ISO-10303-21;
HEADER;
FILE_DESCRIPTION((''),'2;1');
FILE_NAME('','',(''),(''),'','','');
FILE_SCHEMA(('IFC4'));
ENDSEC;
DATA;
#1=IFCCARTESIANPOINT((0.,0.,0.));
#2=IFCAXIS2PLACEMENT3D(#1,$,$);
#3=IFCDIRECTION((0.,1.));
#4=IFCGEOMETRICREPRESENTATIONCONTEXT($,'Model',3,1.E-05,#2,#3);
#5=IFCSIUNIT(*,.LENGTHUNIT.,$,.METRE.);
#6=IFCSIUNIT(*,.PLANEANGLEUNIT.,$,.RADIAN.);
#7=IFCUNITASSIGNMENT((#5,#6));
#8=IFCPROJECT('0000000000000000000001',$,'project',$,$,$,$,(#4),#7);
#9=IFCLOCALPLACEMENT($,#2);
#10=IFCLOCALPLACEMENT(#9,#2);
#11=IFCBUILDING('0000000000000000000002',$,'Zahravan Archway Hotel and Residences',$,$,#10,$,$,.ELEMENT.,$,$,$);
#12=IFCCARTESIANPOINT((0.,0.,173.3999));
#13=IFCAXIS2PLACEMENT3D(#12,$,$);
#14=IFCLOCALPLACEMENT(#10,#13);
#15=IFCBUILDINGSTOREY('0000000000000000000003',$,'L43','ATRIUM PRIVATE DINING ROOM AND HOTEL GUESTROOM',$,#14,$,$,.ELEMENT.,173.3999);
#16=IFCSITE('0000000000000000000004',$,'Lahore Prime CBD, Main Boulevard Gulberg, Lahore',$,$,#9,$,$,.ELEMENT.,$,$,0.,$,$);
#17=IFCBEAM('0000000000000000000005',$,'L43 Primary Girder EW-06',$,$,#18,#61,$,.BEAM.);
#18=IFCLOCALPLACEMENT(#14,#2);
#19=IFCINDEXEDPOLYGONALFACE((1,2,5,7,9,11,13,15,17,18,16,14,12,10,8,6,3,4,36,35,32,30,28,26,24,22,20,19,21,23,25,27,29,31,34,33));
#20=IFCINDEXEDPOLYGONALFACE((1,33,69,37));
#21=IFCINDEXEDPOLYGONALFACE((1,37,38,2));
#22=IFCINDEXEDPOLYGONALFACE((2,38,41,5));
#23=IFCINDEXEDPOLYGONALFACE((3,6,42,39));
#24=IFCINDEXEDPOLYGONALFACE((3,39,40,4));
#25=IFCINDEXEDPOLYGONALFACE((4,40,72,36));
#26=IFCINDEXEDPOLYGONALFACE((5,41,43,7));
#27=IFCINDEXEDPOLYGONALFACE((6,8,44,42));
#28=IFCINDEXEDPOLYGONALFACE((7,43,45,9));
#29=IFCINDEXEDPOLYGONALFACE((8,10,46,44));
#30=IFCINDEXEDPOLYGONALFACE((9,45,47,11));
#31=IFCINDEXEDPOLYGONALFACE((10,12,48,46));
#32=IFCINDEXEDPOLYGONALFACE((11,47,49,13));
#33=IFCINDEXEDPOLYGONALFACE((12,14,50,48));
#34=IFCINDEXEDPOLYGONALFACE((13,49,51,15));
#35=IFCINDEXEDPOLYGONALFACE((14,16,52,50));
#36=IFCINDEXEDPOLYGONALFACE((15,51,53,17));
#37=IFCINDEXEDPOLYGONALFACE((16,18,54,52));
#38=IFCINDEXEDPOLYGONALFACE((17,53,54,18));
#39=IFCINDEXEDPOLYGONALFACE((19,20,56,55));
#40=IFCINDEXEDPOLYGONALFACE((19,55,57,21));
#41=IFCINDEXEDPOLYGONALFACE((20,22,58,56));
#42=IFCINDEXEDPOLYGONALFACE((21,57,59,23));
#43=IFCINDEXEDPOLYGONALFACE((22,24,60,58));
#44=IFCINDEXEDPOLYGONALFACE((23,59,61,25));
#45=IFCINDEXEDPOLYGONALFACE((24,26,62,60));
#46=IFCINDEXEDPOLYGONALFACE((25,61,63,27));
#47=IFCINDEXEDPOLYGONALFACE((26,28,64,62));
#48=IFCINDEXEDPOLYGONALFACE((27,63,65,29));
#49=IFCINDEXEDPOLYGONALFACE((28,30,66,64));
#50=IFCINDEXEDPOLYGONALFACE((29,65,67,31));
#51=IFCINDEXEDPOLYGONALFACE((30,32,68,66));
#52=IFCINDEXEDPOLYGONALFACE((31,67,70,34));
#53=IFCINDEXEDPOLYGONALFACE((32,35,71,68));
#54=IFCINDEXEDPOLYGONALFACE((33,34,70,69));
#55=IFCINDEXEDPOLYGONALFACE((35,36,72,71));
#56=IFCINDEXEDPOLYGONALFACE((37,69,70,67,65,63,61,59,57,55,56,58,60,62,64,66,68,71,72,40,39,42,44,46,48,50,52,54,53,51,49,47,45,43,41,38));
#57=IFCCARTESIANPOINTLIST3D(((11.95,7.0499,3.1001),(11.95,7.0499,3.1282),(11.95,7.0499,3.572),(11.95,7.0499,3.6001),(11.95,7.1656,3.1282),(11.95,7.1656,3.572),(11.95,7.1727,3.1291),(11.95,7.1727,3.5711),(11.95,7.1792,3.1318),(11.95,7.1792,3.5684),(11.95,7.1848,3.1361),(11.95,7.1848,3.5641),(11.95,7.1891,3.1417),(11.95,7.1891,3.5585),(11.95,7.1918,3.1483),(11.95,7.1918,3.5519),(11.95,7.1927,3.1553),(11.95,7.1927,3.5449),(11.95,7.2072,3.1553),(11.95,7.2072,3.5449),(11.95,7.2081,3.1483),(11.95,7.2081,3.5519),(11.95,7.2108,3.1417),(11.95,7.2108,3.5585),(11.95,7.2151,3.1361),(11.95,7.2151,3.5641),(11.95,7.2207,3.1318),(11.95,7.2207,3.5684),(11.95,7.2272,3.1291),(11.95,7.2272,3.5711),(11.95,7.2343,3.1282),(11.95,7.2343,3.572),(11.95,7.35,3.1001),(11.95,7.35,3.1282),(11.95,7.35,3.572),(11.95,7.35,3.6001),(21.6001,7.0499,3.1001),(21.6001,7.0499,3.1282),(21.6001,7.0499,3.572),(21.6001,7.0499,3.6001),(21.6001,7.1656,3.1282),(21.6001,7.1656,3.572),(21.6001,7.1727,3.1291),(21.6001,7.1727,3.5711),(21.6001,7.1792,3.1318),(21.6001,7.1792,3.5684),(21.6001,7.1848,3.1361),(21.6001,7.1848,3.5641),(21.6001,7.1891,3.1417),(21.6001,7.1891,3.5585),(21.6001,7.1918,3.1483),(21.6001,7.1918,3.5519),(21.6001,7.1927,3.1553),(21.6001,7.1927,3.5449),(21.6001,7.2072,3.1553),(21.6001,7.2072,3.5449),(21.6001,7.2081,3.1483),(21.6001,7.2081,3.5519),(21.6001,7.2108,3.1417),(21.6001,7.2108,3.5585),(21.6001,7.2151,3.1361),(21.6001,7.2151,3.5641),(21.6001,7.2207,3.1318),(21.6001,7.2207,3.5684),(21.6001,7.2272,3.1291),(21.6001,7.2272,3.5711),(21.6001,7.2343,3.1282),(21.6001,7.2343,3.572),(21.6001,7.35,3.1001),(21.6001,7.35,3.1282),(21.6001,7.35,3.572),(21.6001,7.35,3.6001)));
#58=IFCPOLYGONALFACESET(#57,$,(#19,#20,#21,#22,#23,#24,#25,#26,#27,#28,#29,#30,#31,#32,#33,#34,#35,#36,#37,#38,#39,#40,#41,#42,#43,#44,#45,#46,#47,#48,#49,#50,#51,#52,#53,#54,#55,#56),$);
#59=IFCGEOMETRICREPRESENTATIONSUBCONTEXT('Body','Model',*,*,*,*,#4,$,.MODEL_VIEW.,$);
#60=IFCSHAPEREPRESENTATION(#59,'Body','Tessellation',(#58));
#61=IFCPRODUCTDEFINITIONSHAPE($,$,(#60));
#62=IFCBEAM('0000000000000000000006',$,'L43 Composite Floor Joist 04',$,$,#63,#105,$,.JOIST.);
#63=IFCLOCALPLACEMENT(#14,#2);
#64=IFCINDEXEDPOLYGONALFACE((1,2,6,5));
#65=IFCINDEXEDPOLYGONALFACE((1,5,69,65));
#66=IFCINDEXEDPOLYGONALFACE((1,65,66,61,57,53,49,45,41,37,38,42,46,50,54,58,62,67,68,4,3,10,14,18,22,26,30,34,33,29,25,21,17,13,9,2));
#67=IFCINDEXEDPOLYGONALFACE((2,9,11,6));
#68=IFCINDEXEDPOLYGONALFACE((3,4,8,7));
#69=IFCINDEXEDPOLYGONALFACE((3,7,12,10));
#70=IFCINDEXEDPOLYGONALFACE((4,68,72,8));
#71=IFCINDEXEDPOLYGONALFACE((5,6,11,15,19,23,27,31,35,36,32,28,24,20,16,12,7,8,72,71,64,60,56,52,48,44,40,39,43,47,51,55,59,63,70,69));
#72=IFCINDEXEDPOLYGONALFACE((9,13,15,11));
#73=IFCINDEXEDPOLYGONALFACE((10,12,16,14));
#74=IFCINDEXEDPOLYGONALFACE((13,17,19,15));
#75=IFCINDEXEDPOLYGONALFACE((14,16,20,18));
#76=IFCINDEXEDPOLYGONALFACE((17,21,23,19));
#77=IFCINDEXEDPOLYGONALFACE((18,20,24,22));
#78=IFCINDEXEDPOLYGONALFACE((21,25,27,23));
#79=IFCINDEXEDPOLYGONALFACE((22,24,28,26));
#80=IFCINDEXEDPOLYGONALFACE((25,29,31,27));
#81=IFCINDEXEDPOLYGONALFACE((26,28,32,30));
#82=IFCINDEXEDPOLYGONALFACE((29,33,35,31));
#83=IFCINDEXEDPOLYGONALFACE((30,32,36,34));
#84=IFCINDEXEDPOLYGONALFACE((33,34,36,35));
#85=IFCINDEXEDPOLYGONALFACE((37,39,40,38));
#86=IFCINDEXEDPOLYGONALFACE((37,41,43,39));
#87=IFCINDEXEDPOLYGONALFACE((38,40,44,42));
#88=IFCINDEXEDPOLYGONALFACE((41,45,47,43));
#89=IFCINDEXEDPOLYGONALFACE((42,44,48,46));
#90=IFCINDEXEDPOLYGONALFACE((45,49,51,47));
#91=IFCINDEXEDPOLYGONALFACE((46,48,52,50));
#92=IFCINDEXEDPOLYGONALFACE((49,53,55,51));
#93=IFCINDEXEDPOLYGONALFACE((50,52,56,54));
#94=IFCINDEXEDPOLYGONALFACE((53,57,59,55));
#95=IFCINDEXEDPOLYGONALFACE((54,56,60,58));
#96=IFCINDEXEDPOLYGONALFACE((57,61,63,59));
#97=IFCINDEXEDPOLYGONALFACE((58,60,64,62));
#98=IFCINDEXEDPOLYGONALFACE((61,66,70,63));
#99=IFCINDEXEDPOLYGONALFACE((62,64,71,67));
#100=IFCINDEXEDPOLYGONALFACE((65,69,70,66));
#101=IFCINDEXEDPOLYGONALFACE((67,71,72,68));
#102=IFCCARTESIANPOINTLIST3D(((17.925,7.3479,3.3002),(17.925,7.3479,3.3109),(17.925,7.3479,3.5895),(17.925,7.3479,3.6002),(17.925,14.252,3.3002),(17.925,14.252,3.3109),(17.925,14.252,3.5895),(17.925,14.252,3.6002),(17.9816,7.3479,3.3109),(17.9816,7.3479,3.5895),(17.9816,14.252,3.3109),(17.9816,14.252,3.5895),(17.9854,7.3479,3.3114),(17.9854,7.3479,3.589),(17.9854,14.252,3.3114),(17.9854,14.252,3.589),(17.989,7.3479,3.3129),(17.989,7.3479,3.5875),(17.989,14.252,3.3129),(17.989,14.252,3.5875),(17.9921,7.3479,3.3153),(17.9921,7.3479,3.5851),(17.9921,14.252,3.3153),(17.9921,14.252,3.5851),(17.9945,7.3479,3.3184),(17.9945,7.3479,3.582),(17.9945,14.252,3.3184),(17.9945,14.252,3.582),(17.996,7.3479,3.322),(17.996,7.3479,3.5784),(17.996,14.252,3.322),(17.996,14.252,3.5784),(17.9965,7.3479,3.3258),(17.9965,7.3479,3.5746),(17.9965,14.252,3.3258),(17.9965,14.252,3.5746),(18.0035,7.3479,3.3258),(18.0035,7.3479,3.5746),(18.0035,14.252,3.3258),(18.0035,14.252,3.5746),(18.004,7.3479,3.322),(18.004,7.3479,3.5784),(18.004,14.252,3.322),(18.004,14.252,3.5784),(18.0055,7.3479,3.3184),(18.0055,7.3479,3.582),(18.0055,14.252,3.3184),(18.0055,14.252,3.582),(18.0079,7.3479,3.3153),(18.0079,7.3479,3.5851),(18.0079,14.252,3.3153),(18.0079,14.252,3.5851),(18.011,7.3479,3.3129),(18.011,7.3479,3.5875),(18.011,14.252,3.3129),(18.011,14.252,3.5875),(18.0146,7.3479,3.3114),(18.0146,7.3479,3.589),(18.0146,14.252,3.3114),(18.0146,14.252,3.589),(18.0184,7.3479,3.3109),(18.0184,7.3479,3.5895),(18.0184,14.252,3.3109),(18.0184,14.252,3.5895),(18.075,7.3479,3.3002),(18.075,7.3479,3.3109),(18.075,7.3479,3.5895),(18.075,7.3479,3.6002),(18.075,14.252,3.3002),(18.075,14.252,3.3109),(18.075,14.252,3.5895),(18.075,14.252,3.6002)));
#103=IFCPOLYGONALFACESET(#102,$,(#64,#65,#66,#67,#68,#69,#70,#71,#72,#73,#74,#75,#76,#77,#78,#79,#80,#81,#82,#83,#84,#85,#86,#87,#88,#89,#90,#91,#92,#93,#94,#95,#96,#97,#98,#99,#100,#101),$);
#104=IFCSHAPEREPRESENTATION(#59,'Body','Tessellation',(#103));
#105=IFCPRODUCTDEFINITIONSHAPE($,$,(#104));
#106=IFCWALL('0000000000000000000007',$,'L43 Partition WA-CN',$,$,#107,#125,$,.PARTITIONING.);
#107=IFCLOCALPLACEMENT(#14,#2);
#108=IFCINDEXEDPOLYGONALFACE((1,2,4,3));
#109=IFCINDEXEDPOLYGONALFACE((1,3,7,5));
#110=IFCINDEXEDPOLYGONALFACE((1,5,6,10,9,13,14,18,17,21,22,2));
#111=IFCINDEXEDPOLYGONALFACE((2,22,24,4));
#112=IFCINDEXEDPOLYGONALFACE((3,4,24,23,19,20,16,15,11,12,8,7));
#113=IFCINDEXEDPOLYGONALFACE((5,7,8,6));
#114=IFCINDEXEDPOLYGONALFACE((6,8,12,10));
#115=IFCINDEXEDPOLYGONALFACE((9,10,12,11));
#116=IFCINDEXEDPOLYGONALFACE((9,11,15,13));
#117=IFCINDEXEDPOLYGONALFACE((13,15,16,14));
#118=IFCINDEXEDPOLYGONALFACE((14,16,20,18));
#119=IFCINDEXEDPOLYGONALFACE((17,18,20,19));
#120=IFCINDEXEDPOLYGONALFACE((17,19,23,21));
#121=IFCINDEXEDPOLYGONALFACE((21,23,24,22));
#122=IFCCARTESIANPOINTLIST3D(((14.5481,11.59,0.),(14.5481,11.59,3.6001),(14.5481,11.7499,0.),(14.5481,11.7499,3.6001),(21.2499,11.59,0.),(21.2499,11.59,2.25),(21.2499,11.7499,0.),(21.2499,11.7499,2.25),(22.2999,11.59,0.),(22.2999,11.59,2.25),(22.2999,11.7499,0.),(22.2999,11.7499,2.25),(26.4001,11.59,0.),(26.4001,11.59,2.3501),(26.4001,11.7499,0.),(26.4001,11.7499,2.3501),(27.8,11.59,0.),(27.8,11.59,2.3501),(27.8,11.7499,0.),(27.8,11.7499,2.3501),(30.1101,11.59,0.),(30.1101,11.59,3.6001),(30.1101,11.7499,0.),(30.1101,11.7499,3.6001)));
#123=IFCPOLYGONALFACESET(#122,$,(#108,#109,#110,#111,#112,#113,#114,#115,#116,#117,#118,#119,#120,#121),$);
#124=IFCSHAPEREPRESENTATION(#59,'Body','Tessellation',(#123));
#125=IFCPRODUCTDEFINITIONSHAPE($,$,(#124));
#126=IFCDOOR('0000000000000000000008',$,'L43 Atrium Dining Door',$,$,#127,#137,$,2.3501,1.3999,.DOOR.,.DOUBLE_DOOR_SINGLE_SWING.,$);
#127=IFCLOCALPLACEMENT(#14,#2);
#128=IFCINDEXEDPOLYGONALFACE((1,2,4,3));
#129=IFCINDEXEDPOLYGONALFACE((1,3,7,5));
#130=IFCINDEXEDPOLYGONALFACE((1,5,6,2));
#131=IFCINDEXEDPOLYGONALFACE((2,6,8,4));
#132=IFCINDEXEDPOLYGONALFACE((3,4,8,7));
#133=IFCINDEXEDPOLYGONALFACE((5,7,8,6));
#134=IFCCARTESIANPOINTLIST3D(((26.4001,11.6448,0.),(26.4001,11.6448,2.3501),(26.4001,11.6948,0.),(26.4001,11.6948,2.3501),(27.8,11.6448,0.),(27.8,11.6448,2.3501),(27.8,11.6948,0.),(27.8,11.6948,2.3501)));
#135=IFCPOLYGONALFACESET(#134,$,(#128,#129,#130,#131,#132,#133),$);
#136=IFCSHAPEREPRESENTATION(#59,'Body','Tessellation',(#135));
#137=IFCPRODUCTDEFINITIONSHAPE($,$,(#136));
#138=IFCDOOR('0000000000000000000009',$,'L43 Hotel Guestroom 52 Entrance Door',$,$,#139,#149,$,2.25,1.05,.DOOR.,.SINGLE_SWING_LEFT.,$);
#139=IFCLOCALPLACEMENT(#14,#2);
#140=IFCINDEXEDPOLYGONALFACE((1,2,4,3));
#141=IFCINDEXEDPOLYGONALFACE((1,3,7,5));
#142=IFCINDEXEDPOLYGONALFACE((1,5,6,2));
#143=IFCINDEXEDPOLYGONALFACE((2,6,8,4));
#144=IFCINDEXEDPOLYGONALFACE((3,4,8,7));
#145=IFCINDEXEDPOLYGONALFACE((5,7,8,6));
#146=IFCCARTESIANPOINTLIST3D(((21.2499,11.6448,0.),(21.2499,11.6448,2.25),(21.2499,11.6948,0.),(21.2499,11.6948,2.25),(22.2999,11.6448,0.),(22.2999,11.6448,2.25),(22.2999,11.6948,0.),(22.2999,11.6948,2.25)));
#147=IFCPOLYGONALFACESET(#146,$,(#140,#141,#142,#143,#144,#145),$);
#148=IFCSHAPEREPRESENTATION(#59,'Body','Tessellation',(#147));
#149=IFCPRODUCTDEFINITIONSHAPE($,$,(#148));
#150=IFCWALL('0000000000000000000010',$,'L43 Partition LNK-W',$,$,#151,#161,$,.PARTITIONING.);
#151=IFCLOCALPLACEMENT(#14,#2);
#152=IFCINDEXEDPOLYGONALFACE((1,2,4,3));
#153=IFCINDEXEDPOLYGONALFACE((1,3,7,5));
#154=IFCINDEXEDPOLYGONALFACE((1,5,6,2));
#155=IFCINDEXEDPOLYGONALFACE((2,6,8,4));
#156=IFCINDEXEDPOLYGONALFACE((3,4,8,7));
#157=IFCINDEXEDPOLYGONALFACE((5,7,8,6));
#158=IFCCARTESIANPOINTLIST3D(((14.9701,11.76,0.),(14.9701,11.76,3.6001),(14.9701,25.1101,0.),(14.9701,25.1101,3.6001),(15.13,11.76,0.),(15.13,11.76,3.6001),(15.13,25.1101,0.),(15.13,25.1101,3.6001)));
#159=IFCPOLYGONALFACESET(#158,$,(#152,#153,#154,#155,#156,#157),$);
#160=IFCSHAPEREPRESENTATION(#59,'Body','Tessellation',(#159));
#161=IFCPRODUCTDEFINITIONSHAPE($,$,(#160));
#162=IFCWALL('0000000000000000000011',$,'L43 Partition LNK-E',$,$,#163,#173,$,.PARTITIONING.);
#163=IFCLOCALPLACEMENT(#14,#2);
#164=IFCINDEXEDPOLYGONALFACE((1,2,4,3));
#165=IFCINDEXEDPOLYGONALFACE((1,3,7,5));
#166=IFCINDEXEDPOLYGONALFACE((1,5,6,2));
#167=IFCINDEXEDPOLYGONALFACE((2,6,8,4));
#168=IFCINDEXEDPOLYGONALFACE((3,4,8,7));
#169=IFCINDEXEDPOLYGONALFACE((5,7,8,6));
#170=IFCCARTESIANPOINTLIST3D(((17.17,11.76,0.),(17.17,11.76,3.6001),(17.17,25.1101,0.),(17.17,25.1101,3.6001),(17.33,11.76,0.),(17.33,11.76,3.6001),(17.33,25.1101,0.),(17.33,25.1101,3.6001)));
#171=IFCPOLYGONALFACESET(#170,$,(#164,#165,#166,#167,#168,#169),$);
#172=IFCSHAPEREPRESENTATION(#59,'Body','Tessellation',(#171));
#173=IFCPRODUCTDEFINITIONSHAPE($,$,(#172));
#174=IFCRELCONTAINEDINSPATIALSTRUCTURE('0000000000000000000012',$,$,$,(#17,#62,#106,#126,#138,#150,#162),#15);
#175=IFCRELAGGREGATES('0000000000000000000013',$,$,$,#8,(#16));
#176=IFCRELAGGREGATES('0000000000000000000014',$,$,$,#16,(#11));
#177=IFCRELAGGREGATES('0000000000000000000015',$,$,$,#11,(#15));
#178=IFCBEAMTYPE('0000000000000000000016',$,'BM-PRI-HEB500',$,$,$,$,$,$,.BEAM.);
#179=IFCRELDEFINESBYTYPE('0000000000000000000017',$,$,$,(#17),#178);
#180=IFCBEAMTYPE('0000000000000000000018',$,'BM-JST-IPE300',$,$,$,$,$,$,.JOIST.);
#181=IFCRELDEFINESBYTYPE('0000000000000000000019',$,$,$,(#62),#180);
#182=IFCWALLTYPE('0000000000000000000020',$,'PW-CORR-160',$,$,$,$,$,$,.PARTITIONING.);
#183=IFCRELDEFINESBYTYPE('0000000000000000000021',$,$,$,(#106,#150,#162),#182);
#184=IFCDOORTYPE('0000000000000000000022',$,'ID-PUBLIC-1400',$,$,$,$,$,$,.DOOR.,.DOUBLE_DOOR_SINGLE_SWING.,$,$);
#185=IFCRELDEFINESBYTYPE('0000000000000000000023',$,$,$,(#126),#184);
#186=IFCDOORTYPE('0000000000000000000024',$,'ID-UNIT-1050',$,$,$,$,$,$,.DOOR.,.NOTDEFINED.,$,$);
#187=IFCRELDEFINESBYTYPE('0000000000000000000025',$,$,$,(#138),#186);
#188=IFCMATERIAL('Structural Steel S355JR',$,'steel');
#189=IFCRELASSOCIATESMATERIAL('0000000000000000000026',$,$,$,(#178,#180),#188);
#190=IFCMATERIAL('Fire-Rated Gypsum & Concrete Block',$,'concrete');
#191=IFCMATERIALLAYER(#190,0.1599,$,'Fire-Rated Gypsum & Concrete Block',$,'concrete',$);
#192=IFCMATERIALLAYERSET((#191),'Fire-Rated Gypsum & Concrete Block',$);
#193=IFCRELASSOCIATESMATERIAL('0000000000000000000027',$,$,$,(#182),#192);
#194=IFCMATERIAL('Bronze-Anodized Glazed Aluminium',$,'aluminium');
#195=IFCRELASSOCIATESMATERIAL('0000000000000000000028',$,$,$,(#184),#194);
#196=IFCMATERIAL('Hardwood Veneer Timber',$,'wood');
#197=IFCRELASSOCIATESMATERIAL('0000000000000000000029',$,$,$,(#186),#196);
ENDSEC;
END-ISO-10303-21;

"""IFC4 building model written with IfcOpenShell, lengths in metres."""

from ifc_helpers import new_model, si_unit, direction, frame, frame_2d, origin, origin_2d, place, context, subcontext, project, spatial, rectangle, i_section, extrude, source, transform, mapped, material, layer, layer_set, material_profile, profile_set, type_object, type_shapes, element, fill, save


model = new_model("IFC4")

# Units and contexts
model_context = context("Model", 3, precision=1e-05, world=origin(), true_north=direction((0.0, 1.0)))
body_context = subcontext(model_context, "Body", "Model", "MODEL_VIEW")
ifc_project = project(units=[si_unit("LENGTHUNIT", "METRE"), si_unit("PLANEANGLEUNIT", "RADIAN")], contexts=[model_context])

# Site, building, storey
site_placement = place(None, origin())
site = spatial("IfcSite", under=ifc_project, at=site_placement, Name="Lahore Prime CBD, Main Boulevard Gulberg, Lahore", CompositionType="ELEMENT", RefElevation=0.0)
building_placement = place(site_placement, origin())
building = spatial("IfcBuilding", under=site, at=building_placement, Name="Zahravan Archway Hotel and Residences", CompositionType="ELEMENT")
storey_placement = place(building_placement, frame((0.0, 0.0, 173.3999)))
storey = spatial("IfcBuildingStorey", under=building, at=storey_placement, Name="L43", Description="ATRIUM PRIVATE DINING ROOM AND HOTEL GUESTROOM", CompositionType="ELEMENT", Elevation=173.3999)

# Beams
ifc_material_1 = material(Name="Structural Steel S355JR", Category="steel")
ifc_material_profile_1 = material_profile(ifc_material_1, i_section(OverallWidth=0.3, OverallDepth=0.5, WebThickness=0.0144, FlangeThickness=0.0281, FilletRadius=0.0271, at=origin_2d()), Name="HEB 500", Category="steel")
ifc_profile_set_1 = profile_set([ifc_material_profile_1], Name="Structural Steel S355JR")
beam_type_1 = type_object("IfcBeamType", Name="BM-PRI-HEB500", PredefinedType="BEAM", material=ifc_profile_set_1)
shared_shape_1 = source(origin(), body_context, "Body", "SweptSolid", [
    extrude(i_section(OverallWidth=0.3, OverallDepth=0.5, WebThickness=0.0144, FlangeThickness=0.0281, FilletRadius=0.0271, at=origin_2d()), origin(), (0.0, 0.0, 1.0), 9.6501),
])
beam_1_placement = place(storey_placement, frame((11.95, 7.2, 3.3501), z_axis=(1.0, 0.0, 0.0), x_axis=(0.0, 1.0, 0.0)))
element("IfcBeam", 1, at=beam_1_placement, inside=storey, type_object=beam_type_1, Name="L43 Primary Girder EW-06", PredefinedType="BEAM", context=body_context, shape_type="MappedRepresentation", body=[
    mapped(shared_shape_1, transform((0.0, 0.0, 0.0), scale=1.0)),
])
ifc_material_profile_2 = material_profile(ifc_material_1, i_section(OverallWidth=0.1499, OverallDepth=0.3, WebThickness=0.0071, FlangeThickness=0.0107, FilletRadius=0.0149, at=origin_2d()), Name="IPE 300", Category="steel")
ifc_profile_set_2 = profile_set([ifc_material_profile_2], Name="Structural Steel S355JR")
beam_type_2 = type_object("IfcBeamType", Name="BM-JST-IPE300", PredefinedType="JOIST", material=ifc_profile_set_2)
shared_shape_2 = source(origin(), body_context, "Body", "SweptSolid", [
    extrude(i_section(OverallWidth=0.1499, OverallDepth=0.3, WebThickness=0.0071, FlangeThickness=0.0107, FilletRadius=0.0149, at=origin_2d()), origin(), (0.0, 0.0, 1.0), 6.9041),
])
type_shapes(beam_type_2, [shared_shape_2])
beam_2_placement = place(storey_placement, frame((18.0, 7.3479, 3.4502), z_axis=(0.0, 1.0, 0.0), x_axis=(-1.0, 0.0, 0.0)))
element("IfcBeam", 2, at=beam_2_placement, inside=storey, type_object=beam_type_2, Name="L43 Composite Floor Joist 04", PredefinedType="JOIST", context=body_context, shape_type="MappedRepresentation", body=[
    mapped(shared_shape_2, transform((0.0, 0.0, 0.0), scale=1.0)),
])

# Wall, openings, doors
ifc_material_2 = material(Name="Fire-Rated Gypsum & Concrete Block", Category="concrete")
ifc_layer_1 = layer(ifc_material_2, 0.1599, Name="Fire-Rated Gypsum & Concrete Block", Category="concrete")
ifc_layer_set_1 = layer_set([ifc_layer_1], Name="Fire-Rated Gypsum & Concrete Block")
wall_type_1 = type_object("IfcWallType", Name="PW-CORR-160", PredefinedType="PARTITIONING", material=ifc_layer_set_1)
wall_1_placement = place(storey_placement, frame((14.5481, 11.6699, 0.0), z_axis=(0.0, 0.0, 1.0), x_axis=(1.0, 0.0, 0.0)))
wall_1 = element("IfcWall", 3, at=wall_1_placement, inside=storey, type_object=wall_type_1, Name="L43 Partition WA-CN", PredefinedType="PARTITIONING", context=body_context, shape_type="SweptSolid", body=[
    extrude(rectangle(XDim=15.562, YDim=0.1599, at=frame_2d((7.781, 0.0))), origin(), (0.0, 0.0, 1.0), 3.6001),
])
opening_1_placement = place(wall_1_placement, frame((6.7019, 0.0, 0.0)))
opening_1 = element("IfcOpeningElement", 4, at=opening_1_placement, cuts=wall_1, PredefinedType="OPENING", context=body_context, shape_type="SweptSolid", body=[
    extrude(rectangle(XDim=1.05, YDim=2.25, at=frame_2d((0.5249, 1.125))), frame((0.0, 0.0898, 0.0), z_axis=(0.0, -1.0, 0.0), x_axis=(1.0, 0.0, 0.0)), (0.0, 0.0, 1.0), 0.1799),
])
opening_2_placement = place(wall_1_placement, frame((11.8521, 0.0, 0.0)))
opening_2 = element("IfcOpeningElement", 5, at=opening_2_placement, cuts=wall_1, PredefinedType="OPENING", context=body_context, shape_type="SweptSolid", body=[
    extrude(rectangle(XDim=1.3999, YDim=2.3501, at=frame_2d((0.7, 1.175))), frame((0.0, 0.0898, 0.0), z_axis=(0.0, -1.0, 0.0), x_axis=(1.0, 0.0, 0.0)), (0.0, 0.0, 1.0), 0.1799),
])
ifc_material_3 = material(Name="Bronze-Anodized Glazed Aluminium", Category="aluminium")
door_type_1 = type_object("IfcDoorType", Name="ID-PUBLIC-1400", OperationType="DOUBLE_DOOR_SINGLE_SWING", PredefinedType="DOOR", material=ifc_material_3)
shared_shape_3 = source(origin(), body_context, "Body", "SweptSolid", [
    extrude(rectangle(XDim=1.3999, YDim=2.3501, at=frame_2d((0.7, 1.175))), frame((0.0, 0.0249, 0.0), z_axis=(0.0, -1.0, 0.0), x_axis=(1.0, 0.0, 0.0)), (0.0, 0.0, 1.0), 0.05),
])
type_shapes(door_type_1, [shared_shape_3])
door_1_placement = place(opening_2_placement, origin())
door_1 = element("IfcDoor", 6, at=door_1_placement, inside=storey, type_object=door_type_1, Name="L43 Atrium Dining Door", OperationType="DOUBLE_DOOR_SINGLE_SWING", OverallHeight=2.3501, OverallWidth=1.3999, PredefinedType="DOOR", context=body_context, shape_type="MappedRepresentation", body=[
    mapped(shared_shape_3, transform((0.0, 0.0, 0.0), scale=1.0)),
])
fill(opening_2, door_1)
ifc_material_4 = material(Name="Hardwood Veneer Timber", Category="wood")
door_type_2 = type_object("IfcDoorType", Name="ID-UNIT-1050", OperationType="NOTDEFINED", PredefinedType="DOOR", material=ifc_material_4)
shared_shape_4 = source(origin(), body_context, "Body", "SweptSolid", [
    extrude(rectangle(XDim=1.05, YDim=2.25, at=frame_2d((0.5249, 1.125))), frame((0.0, 0.0249, 0.0), z_axis=(0.0, -1.0, 0.0), x_axis=(1.0, 0.0, 0.0)), (0.0, 0.0, 1.0), 0.05),
])
type_shapes(door_type_2, [shared_shape_4])
door_2_placement = place(opening_1_placement, origin())
door_2 = element("IfcDoor", 7, at=door_2_placement, inside=storey, type_object=door_type_2, Name="L43 Hotel Guestroom 52 Entrance Door", OperationType="SINGLE_SWING_LEFT", OverallHeight=2.25, OverallWidth=1.05, PredefinedType="DOOR", context=body_context, shape_type="MappedRepresentation", body=[
    mapped(shared_shape_4, transform((0.0, 0.0, 0.0), scale=1.0)),
])
fill(opening_1, door_2)

# Walls
for number, where, z_axis, x_axis, name in (
    (8, (15.05, 11.76, 0.0), (0.0, 0.0, 1.0), (0.0, 1.0, 0.0), "L43 Partition LNK-W"),
    (9, (17.25, 11.76, 0.0), (0.0, 0.0, 1.0), (0.0, 1.0, 0.0), "L43 Partition LNK-E"),
):
    element("IfcWall", number, at=place(storey_placement, frame(where, z_axis=z_axis, x_axis=x_axis)), inside=storey, type_object=wall_type_1, Name=name, PredefinedType="PARTITIONING", context=body_context, shape_type="SweptSolid", body=[
        extrude(rectangle(XDim=13.3501, YDim=0.1599, at=frame_2d((6.675, 0.0))), origin(), (0.0, 0.0, 1.0), 3.6001),
    ])

save(model, "model.ifc")
